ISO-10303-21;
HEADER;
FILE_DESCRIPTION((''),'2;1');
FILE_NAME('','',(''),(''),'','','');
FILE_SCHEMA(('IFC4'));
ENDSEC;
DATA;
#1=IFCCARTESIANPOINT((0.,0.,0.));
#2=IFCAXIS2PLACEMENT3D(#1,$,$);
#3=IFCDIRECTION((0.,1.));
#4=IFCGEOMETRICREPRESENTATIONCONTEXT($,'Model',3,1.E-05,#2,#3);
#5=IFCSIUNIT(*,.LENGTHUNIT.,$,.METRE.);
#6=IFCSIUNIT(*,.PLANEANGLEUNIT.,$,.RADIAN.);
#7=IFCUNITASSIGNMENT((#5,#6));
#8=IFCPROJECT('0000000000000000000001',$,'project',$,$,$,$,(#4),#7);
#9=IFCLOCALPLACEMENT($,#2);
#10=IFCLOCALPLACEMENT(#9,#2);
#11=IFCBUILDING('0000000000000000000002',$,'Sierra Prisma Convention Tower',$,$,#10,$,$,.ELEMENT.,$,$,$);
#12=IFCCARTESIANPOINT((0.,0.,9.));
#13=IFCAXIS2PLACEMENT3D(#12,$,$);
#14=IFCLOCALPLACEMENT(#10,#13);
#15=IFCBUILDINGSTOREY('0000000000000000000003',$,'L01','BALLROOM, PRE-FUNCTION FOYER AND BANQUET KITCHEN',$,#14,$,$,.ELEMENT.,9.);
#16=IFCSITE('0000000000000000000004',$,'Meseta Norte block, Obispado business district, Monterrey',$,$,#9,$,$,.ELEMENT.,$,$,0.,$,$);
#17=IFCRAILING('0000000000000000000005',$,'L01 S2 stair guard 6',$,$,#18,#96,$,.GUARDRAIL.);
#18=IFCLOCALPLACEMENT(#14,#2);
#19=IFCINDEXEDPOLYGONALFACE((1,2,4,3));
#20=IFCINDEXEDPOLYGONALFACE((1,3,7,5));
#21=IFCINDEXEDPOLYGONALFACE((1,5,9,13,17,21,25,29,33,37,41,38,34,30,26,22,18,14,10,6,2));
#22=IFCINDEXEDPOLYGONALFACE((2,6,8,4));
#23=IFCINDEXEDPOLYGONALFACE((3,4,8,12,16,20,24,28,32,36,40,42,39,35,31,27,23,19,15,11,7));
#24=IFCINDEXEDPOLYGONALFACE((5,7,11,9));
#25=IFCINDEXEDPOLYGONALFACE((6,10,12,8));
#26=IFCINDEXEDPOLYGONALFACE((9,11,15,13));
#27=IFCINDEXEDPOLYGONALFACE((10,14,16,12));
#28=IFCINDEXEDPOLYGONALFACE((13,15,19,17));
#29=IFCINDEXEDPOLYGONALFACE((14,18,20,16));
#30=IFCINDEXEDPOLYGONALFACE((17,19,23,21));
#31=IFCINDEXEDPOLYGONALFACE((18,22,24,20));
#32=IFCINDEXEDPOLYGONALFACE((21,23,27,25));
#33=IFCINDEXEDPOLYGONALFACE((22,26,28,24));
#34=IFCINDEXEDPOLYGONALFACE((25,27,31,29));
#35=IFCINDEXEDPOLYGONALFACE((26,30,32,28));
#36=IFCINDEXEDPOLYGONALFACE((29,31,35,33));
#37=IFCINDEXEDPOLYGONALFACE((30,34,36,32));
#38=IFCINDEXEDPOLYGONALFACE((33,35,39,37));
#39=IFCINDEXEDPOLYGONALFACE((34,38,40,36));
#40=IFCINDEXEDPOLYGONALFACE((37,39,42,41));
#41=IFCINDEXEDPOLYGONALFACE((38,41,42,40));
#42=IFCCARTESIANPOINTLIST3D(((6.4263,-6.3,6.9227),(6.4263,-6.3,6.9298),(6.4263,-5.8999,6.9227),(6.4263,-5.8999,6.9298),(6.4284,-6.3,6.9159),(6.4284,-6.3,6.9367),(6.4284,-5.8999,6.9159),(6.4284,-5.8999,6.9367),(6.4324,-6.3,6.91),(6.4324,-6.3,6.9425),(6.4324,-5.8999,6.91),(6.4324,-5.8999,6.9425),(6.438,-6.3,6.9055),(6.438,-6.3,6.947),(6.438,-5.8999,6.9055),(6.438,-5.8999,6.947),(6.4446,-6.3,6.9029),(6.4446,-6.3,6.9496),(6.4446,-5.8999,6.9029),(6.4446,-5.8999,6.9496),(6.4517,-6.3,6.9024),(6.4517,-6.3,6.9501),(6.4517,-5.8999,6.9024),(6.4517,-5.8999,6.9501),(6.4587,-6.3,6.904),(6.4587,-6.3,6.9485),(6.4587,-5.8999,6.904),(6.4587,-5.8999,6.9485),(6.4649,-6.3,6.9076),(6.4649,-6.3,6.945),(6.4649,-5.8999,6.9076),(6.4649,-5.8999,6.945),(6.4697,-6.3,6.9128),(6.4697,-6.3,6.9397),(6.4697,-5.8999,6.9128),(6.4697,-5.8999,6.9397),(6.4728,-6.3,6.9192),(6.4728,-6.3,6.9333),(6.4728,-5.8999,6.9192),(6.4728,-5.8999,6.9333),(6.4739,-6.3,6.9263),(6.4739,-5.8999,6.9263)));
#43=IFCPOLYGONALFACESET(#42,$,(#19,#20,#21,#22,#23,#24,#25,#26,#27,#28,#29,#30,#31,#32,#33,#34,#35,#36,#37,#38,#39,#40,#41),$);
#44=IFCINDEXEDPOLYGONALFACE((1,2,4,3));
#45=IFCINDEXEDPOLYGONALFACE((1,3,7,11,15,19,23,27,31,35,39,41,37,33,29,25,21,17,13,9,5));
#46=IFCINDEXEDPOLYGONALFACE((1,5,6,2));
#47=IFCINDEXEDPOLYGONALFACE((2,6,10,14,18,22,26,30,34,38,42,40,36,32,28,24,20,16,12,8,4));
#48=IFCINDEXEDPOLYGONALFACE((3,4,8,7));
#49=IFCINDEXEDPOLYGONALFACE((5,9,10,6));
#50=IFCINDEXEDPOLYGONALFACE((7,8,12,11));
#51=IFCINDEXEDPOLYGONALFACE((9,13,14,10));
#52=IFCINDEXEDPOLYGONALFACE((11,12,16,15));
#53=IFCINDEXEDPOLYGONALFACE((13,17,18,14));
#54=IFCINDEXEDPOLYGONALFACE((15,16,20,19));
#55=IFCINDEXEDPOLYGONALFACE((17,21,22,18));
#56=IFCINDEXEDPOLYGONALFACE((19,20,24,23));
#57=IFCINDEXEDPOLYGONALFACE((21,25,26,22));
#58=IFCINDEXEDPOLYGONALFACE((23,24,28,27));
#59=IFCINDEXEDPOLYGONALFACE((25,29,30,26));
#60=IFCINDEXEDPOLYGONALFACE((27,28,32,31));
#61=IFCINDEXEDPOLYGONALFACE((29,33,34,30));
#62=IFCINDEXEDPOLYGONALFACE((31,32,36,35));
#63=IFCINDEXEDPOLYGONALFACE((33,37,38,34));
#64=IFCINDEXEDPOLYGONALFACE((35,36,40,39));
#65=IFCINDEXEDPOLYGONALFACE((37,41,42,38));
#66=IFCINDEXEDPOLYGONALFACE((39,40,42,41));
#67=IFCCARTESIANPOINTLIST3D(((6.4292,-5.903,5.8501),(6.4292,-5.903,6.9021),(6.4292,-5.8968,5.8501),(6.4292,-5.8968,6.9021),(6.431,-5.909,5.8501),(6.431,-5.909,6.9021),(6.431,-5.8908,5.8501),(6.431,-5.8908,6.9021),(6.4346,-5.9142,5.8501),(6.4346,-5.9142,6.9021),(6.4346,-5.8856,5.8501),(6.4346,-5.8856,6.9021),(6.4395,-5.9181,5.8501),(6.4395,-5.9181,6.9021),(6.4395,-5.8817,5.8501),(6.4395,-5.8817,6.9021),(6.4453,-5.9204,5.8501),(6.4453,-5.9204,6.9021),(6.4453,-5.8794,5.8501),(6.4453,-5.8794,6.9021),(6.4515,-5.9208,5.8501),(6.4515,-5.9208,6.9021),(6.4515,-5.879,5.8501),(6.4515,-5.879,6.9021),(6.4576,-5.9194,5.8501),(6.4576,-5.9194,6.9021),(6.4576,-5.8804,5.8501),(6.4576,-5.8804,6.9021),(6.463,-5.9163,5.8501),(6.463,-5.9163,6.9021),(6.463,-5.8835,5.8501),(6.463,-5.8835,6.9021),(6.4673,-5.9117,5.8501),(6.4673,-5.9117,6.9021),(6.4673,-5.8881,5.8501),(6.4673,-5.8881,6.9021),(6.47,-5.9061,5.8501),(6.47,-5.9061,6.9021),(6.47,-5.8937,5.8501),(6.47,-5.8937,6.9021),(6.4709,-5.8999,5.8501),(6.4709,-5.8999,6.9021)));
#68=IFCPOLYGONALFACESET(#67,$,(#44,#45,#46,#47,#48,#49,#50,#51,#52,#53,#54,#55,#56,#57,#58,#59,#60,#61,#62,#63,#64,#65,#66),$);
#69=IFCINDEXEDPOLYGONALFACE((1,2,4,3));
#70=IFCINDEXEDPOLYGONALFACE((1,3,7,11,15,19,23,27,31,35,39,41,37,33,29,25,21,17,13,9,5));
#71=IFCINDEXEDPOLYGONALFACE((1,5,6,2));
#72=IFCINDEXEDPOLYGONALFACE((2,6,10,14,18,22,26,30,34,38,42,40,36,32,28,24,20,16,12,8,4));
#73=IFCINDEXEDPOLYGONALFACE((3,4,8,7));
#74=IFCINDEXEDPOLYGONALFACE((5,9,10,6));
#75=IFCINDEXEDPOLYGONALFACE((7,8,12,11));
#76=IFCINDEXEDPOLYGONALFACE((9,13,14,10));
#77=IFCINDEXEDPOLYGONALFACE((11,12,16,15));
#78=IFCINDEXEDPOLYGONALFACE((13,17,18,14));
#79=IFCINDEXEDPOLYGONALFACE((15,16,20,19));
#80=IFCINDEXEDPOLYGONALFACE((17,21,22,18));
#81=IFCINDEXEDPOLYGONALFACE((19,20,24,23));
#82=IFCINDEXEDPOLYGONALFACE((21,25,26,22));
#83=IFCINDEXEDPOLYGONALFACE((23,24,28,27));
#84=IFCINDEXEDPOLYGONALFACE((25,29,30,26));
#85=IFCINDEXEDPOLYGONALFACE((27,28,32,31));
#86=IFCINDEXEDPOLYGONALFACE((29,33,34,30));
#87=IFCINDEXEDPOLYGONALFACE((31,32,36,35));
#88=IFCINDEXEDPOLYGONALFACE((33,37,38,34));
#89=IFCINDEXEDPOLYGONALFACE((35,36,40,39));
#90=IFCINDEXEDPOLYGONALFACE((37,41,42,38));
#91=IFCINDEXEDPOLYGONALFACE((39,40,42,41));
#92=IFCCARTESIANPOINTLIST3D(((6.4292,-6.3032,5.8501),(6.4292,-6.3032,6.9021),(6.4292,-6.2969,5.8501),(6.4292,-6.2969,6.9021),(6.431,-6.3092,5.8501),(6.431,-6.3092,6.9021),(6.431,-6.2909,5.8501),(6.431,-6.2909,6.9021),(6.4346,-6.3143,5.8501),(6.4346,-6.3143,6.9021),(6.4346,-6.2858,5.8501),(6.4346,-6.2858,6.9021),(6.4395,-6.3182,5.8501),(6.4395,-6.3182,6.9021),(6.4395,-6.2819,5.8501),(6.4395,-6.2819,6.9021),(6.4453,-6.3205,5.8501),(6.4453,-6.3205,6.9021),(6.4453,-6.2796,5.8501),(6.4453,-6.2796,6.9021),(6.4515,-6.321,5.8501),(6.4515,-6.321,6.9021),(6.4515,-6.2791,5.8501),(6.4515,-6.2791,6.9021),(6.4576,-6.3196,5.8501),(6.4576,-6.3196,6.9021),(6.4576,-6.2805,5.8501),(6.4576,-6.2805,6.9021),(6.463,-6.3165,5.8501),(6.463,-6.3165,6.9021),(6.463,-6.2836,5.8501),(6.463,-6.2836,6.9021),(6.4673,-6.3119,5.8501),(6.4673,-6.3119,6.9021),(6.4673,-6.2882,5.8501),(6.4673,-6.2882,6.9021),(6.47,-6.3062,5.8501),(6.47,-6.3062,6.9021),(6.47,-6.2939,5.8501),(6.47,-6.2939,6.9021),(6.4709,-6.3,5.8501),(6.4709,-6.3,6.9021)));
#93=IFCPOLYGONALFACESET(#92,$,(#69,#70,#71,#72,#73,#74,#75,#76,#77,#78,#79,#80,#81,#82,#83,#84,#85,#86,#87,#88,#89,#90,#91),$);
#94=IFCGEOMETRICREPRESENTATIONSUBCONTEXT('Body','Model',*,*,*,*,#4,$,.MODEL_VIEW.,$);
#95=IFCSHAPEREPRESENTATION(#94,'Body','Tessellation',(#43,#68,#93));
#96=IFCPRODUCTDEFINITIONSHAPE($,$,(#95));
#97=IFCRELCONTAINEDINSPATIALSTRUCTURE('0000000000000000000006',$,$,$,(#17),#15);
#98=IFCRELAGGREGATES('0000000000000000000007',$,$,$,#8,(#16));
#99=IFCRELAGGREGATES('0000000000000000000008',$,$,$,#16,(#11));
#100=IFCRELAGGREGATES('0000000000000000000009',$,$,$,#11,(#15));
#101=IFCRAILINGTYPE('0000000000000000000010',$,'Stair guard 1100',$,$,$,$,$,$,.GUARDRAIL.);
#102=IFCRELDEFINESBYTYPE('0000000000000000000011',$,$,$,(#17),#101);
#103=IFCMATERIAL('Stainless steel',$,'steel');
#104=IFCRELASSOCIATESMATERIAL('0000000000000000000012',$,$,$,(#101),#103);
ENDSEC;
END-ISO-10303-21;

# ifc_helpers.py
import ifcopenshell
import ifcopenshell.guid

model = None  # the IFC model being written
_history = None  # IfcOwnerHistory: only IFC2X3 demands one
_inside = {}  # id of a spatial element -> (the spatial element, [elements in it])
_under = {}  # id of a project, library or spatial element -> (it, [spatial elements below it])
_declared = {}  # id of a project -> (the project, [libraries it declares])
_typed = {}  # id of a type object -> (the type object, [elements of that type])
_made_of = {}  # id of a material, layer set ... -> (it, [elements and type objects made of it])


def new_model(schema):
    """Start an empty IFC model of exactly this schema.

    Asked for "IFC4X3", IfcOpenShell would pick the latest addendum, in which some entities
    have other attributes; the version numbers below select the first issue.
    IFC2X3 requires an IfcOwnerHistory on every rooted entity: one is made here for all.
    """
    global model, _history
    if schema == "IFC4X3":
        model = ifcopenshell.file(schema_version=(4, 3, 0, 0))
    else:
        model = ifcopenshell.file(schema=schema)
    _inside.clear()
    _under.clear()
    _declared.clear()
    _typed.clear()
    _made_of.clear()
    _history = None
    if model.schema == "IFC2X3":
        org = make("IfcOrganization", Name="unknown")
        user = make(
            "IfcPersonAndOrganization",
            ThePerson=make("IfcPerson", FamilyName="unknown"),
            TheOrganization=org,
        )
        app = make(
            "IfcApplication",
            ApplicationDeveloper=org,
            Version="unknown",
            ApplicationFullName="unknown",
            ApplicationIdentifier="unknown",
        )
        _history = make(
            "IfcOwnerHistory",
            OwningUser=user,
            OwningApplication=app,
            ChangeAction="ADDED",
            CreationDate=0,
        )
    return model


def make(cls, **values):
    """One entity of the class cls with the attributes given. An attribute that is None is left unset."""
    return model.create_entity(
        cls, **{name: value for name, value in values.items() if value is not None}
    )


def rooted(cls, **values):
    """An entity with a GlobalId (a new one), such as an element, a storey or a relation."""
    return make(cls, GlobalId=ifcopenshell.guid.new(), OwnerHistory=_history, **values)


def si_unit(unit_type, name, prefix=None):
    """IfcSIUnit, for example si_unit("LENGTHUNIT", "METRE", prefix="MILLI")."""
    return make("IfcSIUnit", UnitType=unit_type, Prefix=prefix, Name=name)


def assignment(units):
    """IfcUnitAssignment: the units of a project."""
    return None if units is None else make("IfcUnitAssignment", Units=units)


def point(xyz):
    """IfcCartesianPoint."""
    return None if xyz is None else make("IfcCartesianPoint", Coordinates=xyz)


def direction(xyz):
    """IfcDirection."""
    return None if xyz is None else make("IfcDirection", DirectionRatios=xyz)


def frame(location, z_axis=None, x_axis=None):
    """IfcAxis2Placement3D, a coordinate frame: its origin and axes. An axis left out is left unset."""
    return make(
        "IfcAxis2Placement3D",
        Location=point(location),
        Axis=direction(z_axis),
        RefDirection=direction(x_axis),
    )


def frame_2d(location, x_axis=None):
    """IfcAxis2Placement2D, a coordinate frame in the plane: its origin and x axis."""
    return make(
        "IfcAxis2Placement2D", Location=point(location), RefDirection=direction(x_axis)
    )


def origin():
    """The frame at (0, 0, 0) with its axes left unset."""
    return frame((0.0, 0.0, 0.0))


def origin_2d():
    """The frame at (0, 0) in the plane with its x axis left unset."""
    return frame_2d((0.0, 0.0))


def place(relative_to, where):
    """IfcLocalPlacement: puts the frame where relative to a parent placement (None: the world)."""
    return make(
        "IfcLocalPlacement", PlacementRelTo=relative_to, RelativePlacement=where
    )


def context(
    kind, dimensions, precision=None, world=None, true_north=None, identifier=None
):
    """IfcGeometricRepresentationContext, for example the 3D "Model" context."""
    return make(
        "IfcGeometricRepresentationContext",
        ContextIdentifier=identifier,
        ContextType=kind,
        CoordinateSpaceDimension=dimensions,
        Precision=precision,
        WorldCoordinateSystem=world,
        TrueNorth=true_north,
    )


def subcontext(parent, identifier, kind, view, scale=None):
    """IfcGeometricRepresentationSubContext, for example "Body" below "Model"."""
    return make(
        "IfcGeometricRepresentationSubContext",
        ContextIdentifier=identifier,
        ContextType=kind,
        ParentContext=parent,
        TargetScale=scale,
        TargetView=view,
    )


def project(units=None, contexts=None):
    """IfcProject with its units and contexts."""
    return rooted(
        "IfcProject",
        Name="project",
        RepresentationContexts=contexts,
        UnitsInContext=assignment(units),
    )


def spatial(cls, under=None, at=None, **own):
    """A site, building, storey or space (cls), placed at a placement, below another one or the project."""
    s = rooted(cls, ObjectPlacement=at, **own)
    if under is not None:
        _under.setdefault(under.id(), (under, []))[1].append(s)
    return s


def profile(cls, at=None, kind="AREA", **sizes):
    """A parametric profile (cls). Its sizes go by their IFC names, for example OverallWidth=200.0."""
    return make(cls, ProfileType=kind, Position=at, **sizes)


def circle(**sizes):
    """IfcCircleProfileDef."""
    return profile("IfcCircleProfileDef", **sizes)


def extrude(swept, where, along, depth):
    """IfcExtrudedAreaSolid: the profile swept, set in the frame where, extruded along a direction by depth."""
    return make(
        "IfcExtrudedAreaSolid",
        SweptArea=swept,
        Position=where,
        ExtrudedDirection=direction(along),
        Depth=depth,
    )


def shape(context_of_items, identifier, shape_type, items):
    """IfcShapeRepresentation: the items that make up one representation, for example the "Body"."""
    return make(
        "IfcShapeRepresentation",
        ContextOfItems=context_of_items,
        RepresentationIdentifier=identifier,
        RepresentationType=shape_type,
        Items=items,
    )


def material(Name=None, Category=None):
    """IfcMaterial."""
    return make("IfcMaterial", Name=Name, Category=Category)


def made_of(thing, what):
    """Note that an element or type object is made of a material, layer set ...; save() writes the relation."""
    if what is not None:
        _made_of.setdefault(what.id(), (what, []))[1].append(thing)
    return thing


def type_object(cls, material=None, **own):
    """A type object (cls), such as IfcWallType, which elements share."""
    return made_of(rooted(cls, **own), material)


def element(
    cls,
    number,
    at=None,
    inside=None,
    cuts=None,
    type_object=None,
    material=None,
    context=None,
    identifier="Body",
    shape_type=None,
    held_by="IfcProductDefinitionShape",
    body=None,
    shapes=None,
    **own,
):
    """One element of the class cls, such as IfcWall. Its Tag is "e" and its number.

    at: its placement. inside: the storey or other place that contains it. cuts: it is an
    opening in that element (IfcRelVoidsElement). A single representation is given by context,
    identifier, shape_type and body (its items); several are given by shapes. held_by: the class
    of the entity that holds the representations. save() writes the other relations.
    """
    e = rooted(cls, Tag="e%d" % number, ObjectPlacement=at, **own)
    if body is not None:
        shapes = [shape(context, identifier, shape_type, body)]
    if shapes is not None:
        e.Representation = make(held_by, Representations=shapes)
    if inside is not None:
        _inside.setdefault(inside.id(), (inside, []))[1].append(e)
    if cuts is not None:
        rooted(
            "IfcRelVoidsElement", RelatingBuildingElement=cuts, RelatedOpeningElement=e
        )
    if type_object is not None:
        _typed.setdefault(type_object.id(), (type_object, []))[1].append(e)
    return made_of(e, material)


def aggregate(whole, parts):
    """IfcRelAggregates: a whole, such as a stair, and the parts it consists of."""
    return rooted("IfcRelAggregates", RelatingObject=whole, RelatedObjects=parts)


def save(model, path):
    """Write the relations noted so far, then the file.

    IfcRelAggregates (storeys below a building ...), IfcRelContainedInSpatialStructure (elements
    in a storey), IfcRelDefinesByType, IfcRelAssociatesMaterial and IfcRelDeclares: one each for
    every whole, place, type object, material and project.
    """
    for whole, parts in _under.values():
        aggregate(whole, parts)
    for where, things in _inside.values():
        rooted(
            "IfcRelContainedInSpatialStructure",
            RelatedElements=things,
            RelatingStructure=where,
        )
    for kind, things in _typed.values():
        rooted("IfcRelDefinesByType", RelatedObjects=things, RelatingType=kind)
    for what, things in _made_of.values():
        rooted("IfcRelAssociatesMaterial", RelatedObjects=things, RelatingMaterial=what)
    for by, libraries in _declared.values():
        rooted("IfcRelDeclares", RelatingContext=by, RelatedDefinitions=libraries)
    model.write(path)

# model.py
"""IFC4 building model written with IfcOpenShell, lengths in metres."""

from ifc_helpers import new_model, si_unit, direction, frame, origin, origin_2d, place, context, subcontext, project, spatial, circle, extrude, material, type_object, element, save


model = new_model("IFC4")

# Units and contexts
model_context = context("Model", 3, precision=1e-05, world=origin(), true_north=direction((0.0, 1.0)))
body_context = subcontext(model_context, "Body", "Model", "MODEL_VIEW")
ifc_project = project(units=[si_unit("LENGTHUNIT", "METRE"), si_unit("PLANEANGLEUNIT", "RADIAN")], contexts=[model_context])

# Site, building, storey
site_placement = place(None, origin())
site = spatial("IfcSite", under=ifc_project, at=site_placement, Name="Meseta Norte block, Obispado business district, Monterrey", CompositionType="ELEMENT", RefElevation=0.0)
building_placement = place(site_placement, origin())
building = spatial("IfcBuilding", under=site, at=building_placement, Name="Sierra Prisma Convention Tower", CompositionType="ELEMENT")
storey_placement = place(building_placement, frame((0.0, 0.0, 9.0)))
storey = spatial("IfcBuildingStorey", under=building, at=storey_placement, Name="L01", Description="BALLROOM, PRE-FUNCTION FOYER AND BANQUET KITCHEN", CompositionType="ELEMENT", Elevation=9.0)

# Railing
ifc_material_1 = material(Name="Stainless steel", Category="steel")
railing_type_1 = type_object("IfcRailingType", Name="Stair guard 1100", PredefinedType="GUARDRAIL", material=ifc_material_1)
for number, where, name in (
    (1, (6.45, -5.8999, 5.8501), "L01 S2 stair guard 6"),
):
    element("IfcRailing", number, at=place(storey_placement, frame(where)), inside=storey, type_object=railing_type_1, Name=name, PredefinedType="GUARDRAIL", context=body_context, shape_type="SweptSolid", body=[
        extrude(circle(Radius=0.0239, at=origin_2d()), frame((0.0, 0.0, 1.0762), z_axis=(0.0, -1.0, 0.0), x_axis=(1.0, 0.0, 0.0)), (0.0, 0.0, 1.0), 0.4001),
        extrude(circle(Radius=0.021, at=origin_2d()), origin(), (0.0, 0.0, 1.0), 1.052),
        extrude(circle(Radius=0.021, at=origin_2d()), frame((0.0, -0.4001, 0.0)), (0.0, 0.0, 1.0), 1.052),
    ])

save(model, "model.ifc")
